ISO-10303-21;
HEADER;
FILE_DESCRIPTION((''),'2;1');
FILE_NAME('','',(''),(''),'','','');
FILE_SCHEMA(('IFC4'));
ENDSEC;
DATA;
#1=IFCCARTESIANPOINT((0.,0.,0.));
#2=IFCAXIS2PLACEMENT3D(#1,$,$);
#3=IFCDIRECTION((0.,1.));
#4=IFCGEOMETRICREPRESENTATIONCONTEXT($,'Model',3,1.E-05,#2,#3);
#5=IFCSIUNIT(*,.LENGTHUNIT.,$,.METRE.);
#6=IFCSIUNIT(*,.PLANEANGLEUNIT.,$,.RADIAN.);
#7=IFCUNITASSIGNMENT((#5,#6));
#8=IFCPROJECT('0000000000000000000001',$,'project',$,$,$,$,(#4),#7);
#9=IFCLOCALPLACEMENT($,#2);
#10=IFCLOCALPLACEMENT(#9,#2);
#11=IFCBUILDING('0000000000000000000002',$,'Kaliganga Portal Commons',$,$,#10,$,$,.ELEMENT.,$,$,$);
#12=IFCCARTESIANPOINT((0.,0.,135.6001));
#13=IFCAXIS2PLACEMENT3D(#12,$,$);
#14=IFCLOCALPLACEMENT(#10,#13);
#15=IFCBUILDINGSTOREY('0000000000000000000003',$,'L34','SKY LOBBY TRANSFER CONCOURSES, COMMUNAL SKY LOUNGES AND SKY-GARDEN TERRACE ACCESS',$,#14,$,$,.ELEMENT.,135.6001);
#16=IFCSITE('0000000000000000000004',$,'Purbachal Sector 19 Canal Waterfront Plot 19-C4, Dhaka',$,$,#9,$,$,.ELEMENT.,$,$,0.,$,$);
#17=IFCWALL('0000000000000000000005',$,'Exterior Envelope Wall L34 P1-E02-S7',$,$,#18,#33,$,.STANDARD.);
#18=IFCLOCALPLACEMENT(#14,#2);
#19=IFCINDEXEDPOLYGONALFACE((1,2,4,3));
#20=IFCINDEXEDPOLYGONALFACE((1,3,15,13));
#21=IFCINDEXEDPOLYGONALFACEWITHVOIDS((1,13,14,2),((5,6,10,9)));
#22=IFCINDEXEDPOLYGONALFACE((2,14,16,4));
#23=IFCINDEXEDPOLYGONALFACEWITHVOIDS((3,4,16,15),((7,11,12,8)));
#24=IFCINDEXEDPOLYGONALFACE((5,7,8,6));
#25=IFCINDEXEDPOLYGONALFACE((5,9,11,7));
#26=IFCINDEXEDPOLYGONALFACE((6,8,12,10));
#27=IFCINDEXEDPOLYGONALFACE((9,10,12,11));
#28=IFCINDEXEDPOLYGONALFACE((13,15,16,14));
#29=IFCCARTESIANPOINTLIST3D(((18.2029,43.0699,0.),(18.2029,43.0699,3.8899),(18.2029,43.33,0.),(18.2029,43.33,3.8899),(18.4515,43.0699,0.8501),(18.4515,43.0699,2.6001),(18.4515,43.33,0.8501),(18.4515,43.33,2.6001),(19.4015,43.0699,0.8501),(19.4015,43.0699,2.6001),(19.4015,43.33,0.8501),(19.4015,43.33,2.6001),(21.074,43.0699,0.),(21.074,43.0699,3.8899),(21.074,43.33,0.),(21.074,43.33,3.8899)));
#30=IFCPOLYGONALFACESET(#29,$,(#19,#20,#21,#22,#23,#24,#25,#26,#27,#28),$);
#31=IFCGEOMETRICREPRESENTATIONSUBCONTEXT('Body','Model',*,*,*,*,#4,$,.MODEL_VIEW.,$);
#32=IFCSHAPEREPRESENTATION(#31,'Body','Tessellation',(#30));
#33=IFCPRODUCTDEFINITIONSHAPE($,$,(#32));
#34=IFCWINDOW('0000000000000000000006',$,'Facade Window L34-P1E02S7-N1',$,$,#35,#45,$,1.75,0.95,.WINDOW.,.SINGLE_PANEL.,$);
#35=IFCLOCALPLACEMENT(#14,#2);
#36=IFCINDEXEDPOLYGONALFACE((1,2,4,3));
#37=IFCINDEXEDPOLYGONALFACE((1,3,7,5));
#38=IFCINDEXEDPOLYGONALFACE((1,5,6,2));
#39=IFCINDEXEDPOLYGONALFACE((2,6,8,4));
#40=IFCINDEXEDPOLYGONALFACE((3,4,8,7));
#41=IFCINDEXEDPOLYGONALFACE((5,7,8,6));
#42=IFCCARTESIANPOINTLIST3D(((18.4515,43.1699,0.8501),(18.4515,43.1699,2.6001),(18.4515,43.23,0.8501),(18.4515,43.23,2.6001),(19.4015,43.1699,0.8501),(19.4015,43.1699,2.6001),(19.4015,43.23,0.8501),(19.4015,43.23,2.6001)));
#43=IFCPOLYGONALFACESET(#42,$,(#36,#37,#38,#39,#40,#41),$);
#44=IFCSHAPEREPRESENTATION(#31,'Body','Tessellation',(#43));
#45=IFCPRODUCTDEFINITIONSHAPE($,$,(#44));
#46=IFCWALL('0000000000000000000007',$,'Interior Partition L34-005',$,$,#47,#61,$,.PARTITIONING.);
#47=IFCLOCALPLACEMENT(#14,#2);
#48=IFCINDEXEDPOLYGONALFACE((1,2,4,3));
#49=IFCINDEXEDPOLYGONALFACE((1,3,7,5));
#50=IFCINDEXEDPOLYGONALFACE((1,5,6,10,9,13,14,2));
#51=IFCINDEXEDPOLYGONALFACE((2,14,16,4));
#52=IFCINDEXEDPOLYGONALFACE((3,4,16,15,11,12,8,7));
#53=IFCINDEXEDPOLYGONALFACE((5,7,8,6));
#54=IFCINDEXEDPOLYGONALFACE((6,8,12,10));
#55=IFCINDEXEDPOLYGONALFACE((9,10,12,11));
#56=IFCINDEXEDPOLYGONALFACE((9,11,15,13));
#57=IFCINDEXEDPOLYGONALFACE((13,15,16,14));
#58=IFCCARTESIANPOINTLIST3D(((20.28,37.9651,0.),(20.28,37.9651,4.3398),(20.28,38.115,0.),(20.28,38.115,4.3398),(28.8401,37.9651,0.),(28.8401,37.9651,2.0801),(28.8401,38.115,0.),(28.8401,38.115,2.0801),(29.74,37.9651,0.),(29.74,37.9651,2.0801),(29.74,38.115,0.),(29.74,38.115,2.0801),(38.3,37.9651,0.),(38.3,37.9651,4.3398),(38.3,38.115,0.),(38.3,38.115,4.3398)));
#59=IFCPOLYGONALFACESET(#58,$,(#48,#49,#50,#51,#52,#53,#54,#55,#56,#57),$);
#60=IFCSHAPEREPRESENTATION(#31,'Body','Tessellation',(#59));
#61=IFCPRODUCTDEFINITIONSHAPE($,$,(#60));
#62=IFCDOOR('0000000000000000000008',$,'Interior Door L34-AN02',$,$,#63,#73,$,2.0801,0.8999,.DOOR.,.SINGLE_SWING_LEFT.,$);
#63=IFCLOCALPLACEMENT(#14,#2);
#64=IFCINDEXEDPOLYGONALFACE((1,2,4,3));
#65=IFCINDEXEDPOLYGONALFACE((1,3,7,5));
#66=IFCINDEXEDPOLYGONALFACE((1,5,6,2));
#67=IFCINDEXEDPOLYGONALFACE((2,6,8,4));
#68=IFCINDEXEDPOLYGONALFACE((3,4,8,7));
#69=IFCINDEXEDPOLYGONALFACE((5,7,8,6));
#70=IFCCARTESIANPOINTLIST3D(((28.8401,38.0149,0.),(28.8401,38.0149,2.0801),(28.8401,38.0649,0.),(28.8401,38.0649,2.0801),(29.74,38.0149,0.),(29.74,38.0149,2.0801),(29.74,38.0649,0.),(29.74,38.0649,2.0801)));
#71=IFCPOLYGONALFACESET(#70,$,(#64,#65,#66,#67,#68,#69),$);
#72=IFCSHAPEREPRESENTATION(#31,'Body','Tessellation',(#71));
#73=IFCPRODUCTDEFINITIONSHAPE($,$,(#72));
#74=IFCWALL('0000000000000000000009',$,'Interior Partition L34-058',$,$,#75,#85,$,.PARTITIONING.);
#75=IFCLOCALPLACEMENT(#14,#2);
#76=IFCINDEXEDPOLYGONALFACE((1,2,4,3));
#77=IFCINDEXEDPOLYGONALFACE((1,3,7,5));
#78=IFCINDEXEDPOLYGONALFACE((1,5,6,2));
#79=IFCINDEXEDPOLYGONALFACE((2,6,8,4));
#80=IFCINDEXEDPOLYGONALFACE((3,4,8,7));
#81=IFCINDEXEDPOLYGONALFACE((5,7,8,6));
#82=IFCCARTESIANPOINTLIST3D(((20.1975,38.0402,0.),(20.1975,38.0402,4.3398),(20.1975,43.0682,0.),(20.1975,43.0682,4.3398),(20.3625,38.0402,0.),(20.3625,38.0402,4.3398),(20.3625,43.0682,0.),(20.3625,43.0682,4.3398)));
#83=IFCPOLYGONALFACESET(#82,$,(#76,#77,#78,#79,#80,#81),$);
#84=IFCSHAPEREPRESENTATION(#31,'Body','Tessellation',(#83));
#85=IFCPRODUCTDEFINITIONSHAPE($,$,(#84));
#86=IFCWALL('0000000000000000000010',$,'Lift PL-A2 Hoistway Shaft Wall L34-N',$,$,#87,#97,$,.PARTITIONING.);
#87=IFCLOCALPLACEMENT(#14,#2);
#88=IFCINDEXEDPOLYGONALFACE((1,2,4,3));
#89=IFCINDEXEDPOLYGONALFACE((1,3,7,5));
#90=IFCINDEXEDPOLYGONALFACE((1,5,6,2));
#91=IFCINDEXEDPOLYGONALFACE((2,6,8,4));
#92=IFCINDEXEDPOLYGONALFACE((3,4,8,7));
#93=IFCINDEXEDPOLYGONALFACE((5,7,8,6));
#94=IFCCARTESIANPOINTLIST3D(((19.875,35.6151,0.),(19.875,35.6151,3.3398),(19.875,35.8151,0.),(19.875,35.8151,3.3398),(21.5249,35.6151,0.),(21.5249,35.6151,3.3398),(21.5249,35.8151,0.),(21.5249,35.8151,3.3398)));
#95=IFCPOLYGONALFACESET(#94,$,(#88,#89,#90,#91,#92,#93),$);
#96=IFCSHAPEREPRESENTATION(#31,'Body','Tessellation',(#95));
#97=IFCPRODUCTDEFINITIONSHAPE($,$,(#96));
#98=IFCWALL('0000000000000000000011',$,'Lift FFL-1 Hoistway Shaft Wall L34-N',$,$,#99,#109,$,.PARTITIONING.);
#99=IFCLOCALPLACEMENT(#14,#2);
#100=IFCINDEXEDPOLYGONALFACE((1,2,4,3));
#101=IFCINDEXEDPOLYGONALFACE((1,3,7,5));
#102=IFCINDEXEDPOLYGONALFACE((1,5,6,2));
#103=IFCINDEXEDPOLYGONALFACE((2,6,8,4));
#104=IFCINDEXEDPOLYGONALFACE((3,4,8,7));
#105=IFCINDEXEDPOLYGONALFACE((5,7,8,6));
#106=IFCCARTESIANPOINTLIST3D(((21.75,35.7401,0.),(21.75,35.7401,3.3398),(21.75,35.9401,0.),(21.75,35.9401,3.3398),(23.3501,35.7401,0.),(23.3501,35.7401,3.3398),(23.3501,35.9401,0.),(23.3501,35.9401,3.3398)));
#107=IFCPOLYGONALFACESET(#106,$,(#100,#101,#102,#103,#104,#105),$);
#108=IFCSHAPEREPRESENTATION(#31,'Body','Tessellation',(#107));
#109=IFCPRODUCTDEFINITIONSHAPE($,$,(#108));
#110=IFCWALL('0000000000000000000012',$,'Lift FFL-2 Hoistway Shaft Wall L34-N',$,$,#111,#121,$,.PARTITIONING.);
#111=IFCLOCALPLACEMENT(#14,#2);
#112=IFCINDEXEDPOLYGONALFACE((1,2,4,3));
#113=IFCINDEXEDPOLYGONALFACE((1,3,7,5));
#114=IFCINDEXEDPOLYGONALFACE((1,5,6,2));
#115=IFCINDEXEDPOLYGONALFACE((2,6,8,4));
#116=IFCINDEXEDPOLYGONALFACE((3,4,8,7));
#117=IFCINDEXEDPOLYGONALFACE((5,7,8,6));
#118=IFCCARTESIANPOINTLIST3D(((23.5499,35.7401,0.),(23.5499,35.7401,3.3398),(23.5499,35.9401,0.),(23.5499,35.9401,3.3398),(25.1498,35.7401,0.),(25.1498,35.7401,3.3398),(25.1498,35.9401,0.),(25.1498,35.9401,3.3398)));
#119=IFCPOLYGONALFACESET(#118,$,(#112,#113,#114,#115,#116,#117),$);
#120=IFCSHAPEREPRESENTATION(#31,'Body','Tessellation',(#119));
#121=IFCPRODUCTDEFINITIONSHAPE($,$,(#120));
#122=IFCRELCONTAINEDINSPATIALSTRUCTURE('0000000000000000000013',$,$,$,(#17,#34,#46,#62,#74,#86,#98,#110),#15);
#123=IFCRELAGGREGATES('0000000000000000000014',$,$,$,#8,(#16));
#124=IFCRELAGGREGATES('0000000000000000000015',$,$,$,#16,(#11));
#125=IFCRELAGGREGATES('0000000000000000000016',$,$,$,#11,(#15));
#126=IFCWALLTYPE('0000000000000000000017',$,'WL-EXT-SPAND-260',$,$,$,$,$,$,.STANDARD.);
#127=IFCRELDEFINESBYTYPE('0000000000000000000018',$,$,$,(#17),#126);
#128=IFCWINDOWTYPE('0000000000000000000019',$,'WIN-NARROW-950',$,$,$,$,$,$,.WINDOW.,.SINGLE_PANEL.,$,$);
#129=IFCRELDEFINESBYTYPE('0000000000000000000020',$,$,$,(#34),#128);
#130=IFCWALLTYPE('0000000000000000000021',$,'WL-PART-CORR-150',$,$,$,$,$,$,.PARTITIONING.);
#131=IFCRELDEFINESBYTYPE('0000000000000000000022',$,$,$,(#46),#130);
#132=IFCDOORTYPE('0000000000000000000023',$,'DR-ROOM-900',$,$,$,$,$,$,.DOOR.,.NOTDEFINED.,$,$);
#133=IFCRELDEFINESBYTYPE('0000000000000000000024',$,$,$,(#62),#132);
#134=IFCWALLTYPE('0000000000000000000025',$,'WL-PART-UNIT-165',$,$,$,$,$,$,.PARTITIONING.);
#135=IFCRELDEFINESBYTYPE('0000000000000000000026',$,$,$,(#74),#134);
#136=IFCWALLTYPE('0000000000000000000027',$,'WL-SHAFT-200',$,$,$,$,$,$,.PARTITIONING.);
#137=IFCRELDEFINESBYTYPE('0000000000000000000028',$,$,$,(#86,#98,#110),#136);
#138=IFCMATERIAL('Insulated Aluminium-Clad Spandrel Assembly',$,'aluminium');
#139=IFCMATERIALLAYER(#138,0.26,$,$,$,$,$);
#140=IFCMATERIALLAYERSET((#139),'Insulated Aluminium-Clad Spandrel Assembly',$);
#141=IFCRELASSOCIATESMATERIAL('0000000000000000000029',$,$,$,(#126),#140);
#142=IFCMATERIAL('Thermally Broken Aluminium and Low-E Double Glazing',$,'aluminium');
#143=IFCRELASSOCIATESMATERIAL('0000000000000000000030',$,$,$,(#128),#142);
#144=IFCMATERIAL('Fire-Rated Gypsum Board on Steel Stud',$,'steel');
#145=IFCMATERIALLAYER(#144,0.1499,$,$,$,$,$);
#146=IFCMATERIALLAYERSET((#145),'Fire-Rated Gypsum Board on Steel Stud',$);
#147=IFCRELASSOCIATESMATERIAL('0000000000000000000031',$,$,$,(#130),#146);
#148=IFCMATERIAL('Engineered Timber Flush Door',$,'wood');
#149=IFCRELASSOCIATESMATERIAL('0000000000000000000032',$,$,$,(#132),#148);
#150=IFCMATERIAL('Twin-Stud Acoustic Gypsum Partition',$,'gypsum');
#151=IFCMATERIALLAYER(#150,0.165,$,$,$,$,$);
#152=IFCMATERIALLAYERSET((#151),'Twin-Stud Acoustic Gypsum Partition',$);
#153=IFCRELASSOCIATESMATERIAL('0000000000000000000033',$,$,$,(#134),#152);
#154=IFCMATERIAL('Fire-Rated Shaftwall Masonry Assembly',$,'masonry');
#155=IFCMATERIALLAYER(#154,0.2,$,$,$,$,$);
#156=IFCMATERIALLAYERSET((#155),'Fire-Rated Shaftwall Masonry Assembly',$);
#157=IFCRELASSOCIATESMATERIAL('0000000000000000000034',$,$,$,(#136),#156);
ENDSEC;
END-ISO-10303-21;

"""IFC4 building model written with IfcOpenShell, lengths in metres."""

from ifc_helpers import new_model, si_unit, direction, frame, frame_2d, origin, place, context, subcontext, project, spatial, rectangle, extrude, material, layer, layer_set, type_object, element, fill, save


model = new_model("IFC4")

# Units and contexts
model_context = context("Model", 3, precision=1e-05, world=origin(), true_north=direction((0.0, 1.0)))
body_context = subcontext(model_context, "Body", "Model", "MODEL_VIEW")
ifc_project = project(units=[si_unit("LENGTHUNIT", "METRE"), si_unit("PLANEANGLEUNIT", "RADIAN")], contexts=[model_context])

# Site, building, storey
site_placement = place(None, origin())
site = spatial("IfcSite", under=ifc_project, at=site_placement, Name="Purbachal Sector 19 Canal Waterfront Plot 19-C4, Dhaka", CompositionType="ELEMENT", RefElevation=0.0)
building_placement = place(site_placement, origin())
building = spatial("IfcBuilding", under=site, at=building_placement, Name="Kaliganga Portal Commons", CompositionType="ELEMENT")
storey_placement = place(building_placement, frame((0.0, 0.0, 135.6001)))
storey = spatial("IfcBuildingStorey", under=building, at=storey_placement, Name="L34", Description="SKY LOBBY TRANSFER CONCOURSES, COMMUNAL SKY LOUNGES AND SKY-GARDEN TERRACE ACCESS", CompositionType="ELEMENT", Elevation=135.6001)

# Wall, opening, window
ifc_material_1 = material(Name="Insulated Aluminium-Clad Spandrel Assembly", Category="aluminium")
ifc_layer_1 = layer(ifc_material_1, 0.26)
ifc_layer_set_1 = layer_set([ifc_layer_1], Name="Insulated Aluminium-Clad Spandrel Assembly")
wall_type_1 = type_object("IfcWallType", Name="WL-EXT-SPAND-260", PredefinedType="STANDARD", material=ifc_layer_set_1)
ifc_material_2 = material(Name="Thermally Broken Aluminium and Low-E Double Glazing", Category="aluminium")
window_type = type_object("IfcWindowType", Name="WIN-NARROW-950", PartitioningType="SINGLE_PANEL", PredefinedType="WINDOW", material=ifc_material_2)
wall_1_placement = place(storey_placement, frame((18.2029, 43.2, 0.0), z_axis=(0.0, 0.0, 1.0), x_axis=(1.0, 0.0, 0.0)))
wall_1 = element("IfcWall", 1, at=wall_1_placement, inside=storey, type_object=wall_type_1, Name="Exterior Envelope Wall L34 P1-E02-S7", PredefinedType="STANDARD", context=body_context, shape_type="SweptSolid", body=[
    extrude(rectangle(XDim=2.8711, YDim=0.26, at=frame_2d((1.4355, 0.0))), origin(), (0.0, 0.0, 1.0), 3.8899),
])
opening_1_placement = place(wall_1_placement, frame((0.2485, 0.0, 0.8501)))
opening_1 = element("IfcOpeningElement", 2, at=opening_1_placement, cuts=wall_1, PredefinedType="OPENING", context=body_context, shape_type="SweptSolid", body=[
    extrude(rectangle(XDim=0.95, YDim=1.75, at=frame_2d((0.4751, 0.875))), frame((0.0, 0.1401, 0.0), z_axis=(0.0, -1.0, 0.0), x_axis=(1.0, 0.0, 0.0)), (0.0, 0.0, 1.0), 0.28),
])
window_1_placement = place(opening_1_placement, origin())
window_1 = element("IfcWindow", 3, at=window_1_placement, inside=storey, type_object=window_type, Name="Facade Window L34-P1E02S7-N1", OverallHeight=1.75, OverallWidth=0.95, PartitioningType="SINGLE_PANEL", PredefinedType="WINDOW", context=body_context, shape_type="SweptSolid", body=[
    extrude(rectangle(XDim=0.95, YDim=1.75, at=frame_2d((0.4751, 0.875))), frame((0.0, 0.03, 0.0), z_axis=(0.0, -1.0, 0.0), x_axis=(1.0, 0.0, 0.0)), (0.0, 0.0, 1.0), 0.0601),
])
fill(opening_1, window_1)

# Wall, opening, door
ifc_material_3 = material(Name="Fire-Rated Gypsum Board on Steel Stud", Category="steel")
ifc_layer_2 = layer(ifc_material_3, 0.1499)
ifc_layer_set_2 = layer_set([ifc_layer_2], Name="Fire-Rated Gypsum Board on Steel Stud")
wall_type_2 = type_object("IfcWallType", Name="WL-PART-CORR-150", PredefinedType="PARTITIONING", material=ifc_layer_set_2)
wall_2_placement = place(storey_placement, frame((20.28, 38.04, 0.0), z_axis=(0.0, 0.0, 1.0), x_axis=(1.0, 0.0, 0.0)))
wall_2 = element("IfcWall", 4, at=wall_2_placement, inside=storey, type_object=wall_type_2, Name="Interior Partition L34-005", PredefinedType="PARTITIONING", context=body_context, shape_type="SweptSolid", body=[
    extrude(rectangle(XDim=18.02, YDim=0.1499, at=frame_2d((9.01, 0.0))), origin(), (0.0, 0.0, 1.0), 4.3398),
])
opening_2_placement = place(wall_2_placement, frame((8.5601, 0.0, 0.0)))
opening_2 = element("IfcOpeningElement", 5, at=opening_2_placement, cuts=wall_2, PredefinedType="OPENING", context=body_context, shape_type="SweptSolid", body=[
    extrude(rectangle(XDim=0.8999, YDim=2.0801, at=frame_2d((0.45, 1.04))), frame((0.0, 0.085, 0.0), z_axis=(0.0, -1.0, 0.0), x_axis=(1.0, 0.0, 0.0)), (0.0, 0.0, 1.0), 0.1699),
])
ifc_material_4 = material(Name="Engineered Timber Flush Door", Category="wood")
door_type = type_object("IfcDoorType", Name="DR-ROOM-900", OperationType="NOTDEFINED", PredefinedType="DOOR", material=ifc_material_4)
door_placement = place(opening_2_placement, origin())
door = element("IfcDoor", 6, at=door_placement, inside=storey, type_object=door_type, Name="Interior Door L34-AN02", OperationType="SINGLE_SWING_LEFT", OverallHeight=2.0801, OverallWidth=0.8999, PredefinedType="DOOR", context=body_context, shape_type="SweptSolid", body=[
    extrude(rectangle(XDim=0.8999, YDim=2.0801, at=frame_2d((0.45, 1.04))), frame((0.0, 0.0249, 0.0), z_axis=(0.0, -1.0, 0.0), x_axis=(1.0, 0.0, 0.0)), (0.0, 0.0, 1.0), 0.05),
])
fill(opening_2, door)

# Walls
ifc_material_5 = material(Name="Twin-Stud Acoustic Gypsum Partition", Category="gypsum")
ifc_layer_3 = layer(ifc_material_5, 0.165)
ifc_layer_set_3 = layer_set([ifc_layer_3], Name="Twin-Stud Acoustic Gypsum Partition")
wall_type_3 = type_object("IfcWallType", Name="WL-PART-UNIT-165", PredefinedType="PARTITIONING", material=ifc_layer_set_3)
wall_3_placement = place(storey_placement, frame((20.28, 38.04, 0.0), z_axis=(0.0, 0.0, 1.0), x_axis=(0.0, 1.0, 0.0)))
element("IfcWall", 7, at=wall_3_placement, inside=storey, type_object=wall_type_3, Name="Interior Partition L34-058", PredefinedType="PARTITIONING", context=body_context, shape_type="SweptSolid", body=[
    extrude(rectangle(XDim=5.0281, YDim=0.165, at=frame_2d((2.5142, 0.0))), origin(), (0.0, 0.0, 1.0), 4.3398),
])
ifc_material_6 = material(Name="Fire-Rated Shaftwall Masonry Assembly", Category="masonry")
ifc_layer_4 = layer(ifc_material_6, 0.2)
ifc_layer_set_4 = layer_set([ifc_layer_4], Name="Fire-Rated Shaftwall Masonry Assembly")
wall_type_4 = type_object("IfcWallType", Name="WL-SHAFT-200", PredefinedType="PARTITIONING", material=ifc_layer_set_4)
wall_4_placement = place(storey_placement, frame((19.875, 35.7151, 0.0), z_axis=(0.0, 0.0, 1.0), x_axis=(1.0, 0.0, 0.0)))
element("IfcWall", 8, at=wall_4_placement, inside=storey, type_object=wall_type_4, Name="Lift PL-A2 Hoistway Shaft Wall L34-N", PredefinedType="PARTITIONING", context=body_context, shape_type="SweptSolid", body=[
    extrude(rectangle(XDim=1.6499, YDim=0.2, at=frame_2d((0.825, 0.0))), origin(), (0.0, 0.0, 1.0), 3.3398),
])
wall_5_placement = place(storey_placement, frame((21.75, 35.8401, 0.0), z_axis=(0.0, 0.0, 1.0), x_axis=(1.0, 0.0, 0.0)))
element("IfcWall", 9, at=wall_5_placement, inside=storey, type_object=wall_type_4, Name="Lift FFL-1 Hoistway Shaft Wall L34-N", PredefinedType="PARTITIONING", context=body_context, shape_type="SweptSolid", body=[
    extrude(rectangle(XDim=1.6001, YDim=0.2, at=frame_2d((0.8, 0.0))), origin(), (0.0, 0.0, 1.0), 3.3398),
])
wall_6_placement = place(storey_placement, frame((23.55, 35.8401, 0.0), z_axis=(0.0, 0.0, 1.0), x_axis=(1.0, 0.0, 0.0)))
element("IfcWall", 10, at=wall_6_placement, inside=storey, type_object=wall_type_4, Name="Lift FFL-2 Hoistway Shaft Wall L34-N", PredefinedType="PARTITIONING", context=body_context, shape_type="SweptSolid", body=[
    extrude(rectangle(XDim=1.5999, YDim=0.2, at=frame_2d((0.7998, 0.0))), origin(), (0.0, 0.0, 1.0), 3.3398),
])

save(model, "model.ifc")
